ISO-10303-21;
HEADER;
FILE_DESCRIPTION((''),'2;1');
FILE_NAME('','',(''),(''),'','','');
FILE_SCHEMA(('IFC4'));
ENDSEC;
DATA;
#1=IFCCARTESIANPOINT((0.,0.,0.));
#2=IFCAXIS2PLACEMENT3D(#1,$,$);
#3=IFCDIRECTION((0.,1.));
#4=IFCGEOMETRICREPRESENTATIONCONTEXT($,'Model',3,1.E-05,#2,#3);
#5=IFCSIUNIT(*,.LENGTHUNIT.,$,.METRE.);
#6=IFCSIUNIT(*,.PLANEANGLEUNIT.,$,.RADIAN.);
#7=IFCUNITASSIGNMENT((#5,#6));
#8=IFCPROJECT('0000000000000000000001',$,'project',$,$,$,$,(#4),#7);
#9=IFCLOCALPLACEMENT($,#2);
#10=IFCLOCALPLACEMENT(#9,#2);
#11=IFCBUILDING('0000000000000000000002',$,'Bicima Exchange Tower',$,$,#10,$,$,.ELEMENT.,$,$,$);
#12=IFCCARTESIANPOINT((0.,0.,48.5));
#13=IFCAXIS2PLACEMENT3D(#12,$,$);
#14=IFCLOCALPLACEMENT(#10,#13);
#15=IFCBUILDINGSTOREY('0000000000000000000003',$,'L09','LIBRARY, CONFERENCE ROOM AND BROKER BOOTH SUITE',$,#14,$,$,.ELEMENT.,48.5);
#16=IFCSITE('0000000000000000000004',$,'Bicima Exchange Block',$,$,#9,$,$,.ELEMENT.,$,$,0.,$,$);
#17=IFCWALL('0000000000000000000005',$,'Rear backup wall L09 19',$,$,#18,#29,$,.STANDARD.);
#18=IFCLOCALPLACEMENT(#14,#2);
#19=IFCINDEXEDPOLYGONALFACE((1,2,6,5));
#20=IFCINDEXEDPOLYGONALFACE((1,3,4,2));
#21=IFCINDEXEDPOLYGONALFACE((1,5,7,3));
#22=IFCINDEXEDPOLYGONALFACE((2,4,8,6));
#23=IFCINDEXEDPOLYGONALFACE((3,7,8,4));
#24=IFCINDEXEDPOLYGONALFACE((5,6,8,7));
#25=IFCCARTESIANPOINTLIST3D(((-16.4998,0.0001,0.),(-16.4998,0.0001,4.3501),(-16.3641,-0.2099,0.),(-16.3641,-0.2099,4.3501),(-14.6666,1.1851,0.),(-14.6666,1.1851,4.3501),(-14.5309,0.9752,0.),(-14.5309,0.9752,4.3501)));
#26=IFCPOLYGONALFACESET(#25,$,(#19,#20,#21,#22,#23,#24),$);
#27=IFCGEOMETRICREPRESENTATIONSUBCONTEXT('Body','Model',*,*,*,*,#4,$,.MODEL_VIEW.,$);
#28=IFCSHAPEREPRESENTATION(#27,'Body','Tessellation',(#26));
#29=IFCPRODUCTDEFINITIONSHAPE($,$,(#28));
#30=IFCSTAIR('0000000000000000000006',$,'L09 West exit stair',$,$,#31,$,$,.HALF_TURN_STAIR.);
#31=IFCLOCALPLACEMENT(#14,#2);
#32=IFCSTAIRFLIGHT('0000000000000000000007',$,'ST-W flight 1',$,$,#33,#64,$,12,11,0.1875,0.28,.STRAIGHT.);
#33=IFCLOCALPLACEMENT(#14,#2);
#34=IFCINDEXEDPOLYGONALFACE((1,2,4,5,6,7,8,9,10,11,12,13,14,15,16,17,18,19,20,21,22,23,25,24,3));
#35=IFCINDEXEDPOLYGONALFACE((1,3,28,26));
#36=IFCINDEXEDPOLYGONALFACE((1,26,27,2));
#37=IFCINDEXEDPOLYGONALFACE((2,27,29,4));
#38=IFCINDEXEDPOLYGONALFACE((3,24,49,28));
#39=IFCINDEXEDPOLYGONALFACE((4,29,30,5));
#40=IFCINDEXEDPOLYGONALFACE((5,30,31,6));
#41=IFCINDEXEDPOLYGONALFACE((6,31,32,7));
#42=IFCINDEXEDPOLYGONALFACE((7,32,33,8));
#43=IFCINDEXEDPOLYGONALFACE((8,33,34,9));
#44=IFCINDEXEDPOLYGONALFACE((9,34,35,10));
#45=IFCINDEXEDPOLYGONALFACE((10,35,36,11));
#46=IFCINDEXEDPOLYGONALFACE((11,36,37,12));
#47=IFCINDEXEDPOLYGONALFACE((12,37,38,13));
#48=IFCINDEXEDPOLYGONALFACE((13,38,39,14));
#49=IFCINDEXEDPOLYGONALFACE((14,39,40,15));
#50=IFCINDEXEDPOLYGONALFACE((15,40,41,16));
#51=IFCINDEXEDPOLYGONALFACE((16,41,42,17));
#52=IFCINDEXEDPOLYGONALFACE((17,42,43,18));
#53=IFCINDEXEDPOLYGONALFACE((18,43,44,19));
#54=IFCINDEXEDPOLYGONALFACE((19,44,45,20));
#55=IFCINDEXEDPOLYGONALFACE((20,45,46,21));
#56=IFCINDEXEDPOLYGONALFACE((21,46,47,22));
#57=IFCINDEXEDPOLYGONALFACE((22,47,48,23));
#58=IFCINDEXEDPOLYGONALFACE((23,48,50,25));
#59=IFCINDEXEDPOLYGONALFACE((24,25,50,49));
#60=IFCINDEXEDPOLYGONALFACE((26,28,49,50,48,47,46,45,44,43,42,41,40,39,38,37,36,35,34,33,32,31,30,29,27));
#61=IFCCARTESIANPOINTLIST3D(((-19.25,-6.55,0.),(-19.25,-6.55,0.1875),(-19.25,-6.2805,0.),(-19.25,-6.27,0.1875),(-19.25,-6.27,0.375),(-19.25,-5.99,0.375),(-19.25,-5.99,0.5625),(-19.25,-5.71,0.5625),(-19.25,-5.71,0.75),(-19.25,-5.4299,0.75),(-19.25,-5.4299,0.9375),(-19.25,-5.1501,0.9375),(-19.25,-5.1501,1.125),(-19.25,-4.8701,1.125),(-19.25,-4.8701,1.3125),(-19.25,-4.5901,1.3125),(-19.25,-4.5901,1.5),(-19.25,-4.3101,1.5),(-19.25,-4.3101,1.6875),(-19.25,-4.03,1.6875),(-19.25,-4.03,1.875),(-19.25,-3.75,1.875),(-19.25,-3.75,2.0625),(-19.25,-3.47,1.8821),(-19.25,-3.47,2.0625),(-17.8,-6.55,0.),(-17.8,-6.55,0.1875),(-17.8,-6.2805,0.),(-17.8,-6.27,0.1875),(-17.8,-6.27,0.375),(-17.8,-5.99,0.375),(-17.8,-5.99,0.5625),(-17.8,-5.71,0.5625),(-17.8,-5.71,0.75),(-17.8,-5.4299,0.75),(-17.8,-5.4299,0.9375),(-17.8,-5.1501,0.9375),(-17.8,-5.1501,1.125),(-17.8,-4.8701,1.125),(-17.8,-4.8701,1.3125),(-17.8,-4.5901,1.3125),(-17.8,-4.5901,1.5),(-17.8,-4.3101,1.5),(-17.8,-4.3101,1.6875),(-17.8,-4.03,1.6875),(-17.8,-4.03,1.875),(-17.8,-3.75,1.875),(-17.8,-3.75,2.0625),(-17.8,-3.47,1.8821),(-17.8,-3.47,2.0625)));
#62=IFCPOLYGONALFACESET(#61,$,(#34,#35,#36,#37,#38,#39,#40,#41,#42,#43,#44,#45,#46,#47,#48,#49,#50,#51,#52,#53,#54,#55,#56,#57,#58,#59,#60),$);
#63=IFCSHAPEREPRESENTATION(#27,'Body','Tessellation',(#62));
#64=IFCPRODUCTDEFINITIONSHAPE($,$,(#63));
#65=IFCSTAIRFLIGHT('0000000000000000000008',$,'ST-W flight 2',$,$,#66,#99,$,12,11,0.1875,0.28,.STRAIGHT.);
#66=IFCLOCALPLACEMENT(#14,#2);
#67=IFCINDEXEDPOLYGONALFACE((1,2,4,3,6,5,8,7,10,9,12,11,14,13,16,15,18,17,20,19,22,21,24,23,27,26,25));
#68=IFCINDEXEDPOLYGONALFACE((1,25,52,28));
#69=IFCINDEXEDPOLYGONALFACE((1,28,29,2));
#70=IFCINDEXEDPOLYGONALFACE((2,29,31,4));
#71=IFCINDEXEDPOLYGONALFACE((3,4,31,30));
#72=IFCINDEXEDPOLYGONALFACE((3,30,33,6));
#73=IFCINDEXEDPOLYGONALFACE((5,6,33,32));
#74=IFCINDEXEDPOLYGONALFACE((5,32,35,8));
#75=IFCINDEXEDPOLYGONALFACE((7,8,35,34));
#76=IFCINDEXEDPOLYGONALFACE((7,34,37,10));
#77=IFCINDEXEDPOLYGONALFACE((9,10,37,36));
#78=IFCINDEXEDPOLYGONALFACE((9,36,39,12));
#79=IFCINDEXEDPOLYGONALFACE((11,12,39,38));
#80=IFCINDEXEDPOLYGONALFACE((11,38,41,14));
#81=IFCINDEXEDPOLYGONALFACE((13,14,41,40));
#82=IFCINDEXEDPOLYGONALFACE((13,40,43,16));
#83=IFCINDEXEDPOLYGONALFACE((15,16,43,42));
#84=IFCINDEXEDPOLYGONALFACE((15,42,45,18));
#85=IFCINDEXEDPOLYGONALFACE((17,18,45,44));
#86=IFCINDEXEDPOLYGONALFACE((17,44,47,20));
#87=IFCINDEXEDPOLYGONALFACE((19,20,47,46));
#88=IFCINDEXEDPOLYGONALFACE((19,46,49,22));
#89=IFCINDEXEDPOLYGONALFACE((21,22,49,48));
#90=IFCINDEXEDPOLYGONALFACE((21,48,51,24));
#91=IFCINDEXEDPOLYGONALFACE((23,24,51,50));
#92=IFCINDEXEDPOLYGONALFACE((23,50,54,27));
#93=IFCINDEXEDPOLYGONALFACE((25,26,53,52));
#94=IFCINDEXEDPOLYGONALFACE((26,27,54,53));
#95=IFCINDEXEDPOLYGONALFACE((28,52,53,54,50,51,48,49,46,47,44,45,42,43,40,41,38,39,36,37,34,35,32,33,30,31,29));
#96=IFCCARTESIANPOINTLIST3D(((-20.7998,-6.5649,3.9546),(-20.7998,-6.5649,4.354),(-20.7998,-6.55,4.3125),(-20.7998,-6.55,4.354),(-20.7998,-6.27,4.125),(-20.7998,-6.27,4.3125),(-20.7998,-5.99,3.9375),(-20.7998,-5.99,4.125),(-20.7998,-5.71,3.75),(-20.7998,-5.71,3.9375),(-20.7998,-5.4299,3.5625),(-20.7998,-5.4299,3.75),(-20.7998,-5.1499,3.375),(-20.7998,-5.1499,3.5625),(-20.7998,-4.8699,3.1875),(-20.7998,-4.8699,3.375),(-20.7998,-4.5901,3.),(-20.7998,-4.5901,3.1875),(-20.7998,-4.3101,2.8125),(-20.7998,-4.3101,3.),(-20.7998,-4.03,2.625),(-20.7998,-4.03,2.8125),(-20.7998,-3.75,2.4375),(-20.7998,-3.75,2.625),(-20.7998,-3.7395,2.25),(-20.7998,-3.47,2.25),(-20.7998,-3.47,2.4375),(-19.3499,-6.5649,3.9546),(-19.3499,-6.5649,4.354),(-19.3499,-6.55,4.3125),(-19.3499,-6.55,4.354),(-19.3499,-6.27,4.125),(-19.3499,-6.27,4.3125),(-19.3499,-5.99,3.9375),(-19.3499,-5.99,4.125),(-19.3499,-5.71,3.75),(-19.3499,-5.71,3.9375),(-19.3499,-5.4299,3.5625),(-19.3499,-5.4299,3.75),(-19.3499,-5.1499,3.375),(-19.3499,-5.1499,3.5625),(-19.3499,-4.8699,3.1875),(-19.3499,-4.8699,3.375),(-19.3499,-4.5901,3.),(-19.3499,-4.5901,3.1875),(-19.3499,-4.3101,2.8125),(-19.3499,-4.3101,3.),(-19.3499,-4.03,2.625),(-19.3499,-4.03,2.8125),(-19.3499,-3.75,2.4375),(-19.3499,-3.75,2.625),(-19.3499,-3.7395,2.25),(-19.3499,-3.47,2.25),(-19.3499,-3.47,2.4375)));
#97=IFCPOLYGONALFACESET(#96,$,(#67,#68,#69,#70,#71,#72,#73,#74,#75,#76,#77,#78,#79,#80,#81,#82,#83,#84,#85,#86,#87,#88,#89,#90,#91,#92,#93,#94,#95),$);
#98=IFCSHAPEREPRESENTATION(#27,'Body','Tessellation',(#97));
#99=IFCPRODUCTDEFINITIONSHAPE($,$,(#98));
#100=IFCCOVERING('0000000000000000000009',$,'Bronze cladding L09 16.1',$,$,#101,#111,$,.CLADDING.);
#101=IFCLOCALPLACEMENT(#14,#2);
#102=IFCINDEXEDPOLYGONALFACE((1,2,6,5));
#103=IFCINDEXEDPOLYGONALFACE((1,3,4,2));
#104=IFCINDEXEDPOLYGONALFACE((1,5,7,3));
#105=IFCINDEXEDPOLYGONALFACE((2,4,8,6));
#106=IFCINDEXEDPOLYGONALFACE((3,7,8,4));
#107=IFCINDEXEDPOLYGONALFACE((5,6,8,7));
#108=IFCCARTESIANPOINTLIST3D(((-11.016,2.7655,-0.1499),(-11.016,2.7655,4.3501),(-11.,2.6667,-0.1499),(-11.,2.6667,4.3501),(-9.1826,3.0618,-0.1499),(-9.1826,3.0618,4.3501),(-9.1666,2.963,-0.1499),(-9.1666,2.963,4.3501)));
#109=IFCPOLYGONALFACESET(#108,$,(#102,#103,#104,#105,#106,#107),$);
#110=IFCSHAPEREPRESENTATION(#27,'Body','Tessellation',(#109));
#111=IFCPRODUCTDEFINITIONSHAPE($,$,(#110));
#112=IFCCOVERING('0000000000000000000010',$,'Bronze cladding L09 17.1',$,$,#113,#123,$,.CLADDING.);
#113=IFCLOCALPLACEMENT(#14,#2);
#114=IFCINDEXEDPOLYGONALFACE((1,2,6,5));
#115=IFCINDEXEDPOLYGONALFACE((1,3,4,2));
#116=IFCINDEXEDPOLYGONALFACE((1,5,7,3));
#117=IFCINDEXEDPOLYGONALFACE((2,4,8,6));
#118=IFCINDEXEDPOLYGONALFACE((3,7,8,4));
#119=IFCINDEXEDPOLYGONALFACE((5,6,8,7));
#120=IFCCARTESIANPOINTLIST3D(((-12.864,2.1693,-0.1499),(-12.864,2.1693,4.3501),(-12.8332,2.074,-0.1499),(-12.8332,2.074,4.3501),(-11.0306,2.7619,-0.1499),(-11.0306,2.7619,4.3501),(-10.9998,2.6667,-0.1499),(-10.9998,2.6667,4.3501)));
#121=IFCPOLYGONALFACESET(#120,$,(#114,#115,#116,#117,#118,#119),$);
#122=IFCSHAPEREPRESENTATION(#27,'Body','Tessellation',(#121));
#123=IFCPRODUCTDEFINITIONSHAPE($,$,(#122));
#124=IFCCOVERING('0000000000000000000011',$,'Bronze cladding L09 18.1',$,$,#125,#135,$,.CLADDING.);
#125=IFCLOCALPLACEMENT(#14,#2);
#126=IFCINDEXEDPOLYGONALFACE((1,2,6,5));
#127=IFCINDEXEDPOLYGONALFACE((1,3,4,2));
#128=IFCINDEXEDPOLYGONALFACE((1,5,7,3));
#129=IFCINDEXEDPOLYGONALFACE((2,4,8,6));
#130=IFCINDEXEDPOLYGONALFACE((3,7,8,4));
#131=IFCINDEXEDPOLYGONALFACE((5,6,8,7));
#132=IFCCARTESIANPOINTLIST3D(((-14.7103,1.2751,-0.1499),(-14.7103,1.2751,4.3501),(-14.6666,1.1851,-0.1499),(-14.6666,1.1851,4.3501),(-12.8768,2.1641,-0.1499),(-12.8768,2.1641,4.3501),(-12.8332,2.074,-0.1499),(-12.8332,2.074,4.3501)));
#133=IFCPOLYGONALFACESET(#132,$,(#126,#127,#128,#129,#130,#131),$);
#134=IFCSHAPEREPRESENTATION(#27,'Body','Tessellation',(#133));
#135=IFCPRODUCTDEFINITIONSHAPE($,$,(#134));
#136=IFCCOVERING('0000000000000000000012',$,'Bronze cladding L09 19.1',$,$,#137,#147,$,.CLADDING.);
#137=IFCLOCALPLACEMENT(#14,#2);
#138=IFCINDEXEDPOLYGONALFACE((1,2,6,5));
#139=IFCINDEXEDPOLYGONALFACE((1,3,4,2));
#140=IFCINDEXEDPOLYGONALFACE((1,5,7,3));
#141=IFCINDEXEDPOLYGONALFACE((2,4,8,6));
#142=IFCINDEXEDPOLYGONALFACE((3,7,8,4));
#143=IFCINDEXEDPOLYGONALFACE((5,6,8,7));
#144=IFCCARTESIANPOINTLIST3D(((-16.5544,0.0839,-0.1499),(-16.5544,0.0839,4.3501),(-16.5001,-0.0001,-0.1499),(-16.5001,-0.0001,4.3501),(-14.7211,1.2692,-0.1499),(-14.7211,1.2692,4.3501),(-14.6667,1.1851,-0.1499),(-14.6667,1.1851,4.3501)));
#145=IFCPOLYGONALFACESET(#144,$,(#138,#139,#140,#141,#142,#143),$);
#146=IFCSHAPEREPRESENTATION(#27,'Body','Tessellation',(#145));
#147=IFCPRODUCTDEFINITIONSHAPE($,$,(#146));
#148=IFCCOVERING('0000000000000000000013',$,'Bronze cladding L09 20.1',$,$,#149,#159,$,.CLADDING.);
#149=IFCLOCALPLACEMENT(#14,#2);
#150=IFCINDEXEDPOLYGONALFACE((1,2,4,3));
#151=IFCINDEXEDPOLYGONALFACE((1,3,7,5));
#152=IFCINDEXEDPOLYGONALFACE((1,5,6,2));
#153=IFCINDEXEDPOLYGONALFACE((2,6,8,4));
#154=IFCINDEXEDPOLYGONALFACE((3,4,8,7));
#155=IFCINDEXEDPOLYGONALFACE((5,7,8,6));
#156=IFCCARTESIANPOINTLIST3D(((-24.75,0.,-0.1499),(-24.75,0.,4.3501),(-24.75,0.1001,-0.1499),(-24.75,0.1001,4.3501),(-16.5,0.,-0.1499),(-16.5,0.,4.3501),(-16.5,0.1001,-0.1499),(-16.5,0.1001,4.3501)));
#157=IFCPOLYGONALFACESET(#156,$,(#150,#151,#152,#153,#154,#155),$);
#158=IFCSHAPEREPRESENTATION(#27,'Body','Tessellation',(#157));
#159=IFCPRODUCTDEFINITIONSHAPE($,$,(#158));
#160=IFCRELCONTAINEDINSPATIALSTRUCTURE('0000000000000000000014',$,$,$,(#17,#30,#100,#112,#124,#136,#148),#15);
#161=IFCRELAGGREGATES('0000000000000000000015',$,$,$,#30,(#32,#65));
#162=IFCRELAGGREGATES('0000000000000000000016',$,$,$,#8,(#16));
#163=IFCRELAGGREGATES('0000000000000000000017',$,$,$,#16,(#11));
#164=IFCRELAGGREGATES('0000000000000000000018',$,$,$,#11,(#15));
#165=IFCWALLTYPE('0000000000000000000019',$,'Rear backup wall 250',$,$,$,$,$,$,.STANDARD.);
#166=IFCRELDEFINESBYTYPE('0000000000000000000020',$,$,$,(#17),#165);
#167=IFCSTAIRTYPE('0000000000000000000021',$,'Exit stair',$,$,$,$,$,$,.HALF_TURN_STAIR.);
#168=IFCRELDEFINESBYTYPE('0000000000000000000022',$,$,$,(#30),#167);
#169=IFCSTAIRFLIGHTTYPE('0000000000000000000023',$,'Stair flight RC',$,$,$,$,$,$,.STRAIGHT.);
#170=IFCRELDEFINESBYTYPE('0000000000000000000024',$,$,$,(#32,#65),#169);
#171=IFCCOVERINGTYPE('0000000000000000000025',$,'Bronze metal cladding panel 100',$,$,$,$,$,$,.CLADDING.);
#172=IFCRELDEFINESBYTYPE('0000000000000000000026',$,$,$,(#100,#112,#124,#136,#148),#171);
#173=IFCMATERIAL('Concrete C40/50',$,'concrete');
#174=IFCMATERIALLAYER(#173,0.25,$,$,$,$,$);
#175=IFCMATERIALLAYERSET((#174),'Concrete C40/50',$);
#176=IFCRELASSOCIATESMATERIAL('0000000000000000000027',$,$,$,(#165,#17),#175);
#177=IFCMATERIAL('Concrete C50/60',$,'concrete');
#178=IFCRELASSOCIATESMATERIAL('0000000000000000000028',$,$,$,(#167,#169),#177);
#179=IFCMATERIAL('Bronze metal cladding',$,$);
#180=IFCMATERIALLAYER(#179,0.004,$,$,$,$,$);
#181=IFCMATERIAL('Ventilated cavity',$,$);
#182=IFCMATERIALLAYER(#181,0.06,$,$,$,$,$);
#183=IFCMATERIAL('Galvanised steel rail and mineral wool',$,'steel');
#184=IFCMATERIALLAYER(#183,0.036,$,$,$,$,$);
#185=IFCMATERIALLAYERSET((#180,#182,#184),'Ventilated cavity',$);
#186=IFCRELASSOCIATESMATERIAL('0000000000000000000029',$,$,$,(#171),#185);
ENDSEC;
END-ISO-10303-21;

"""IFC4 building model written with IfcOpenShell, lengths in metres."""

from ifc_helpers import new_model, si_unit, direction, frame, frame_2d, origin, origin_2d, place, context, subcontext, project, spatial, polyline, rectangle, outline, extrude, material, layer, layer_set, layer_usage, type_object, element, aggregate, save


model = new_model("IFC4")

# Units and contexts
model_context = context("Model", 3, precision=1e-05, world=origin(), true_north=direction((0.0, 1.0)))
body_context = subcontext(model_context, "Body", "Model", "MODEL_VIEW")
ifc_project = project(units=[si_unit("LENGTHUNIT", "METRE"), si_unit("PLANEANGLEUNIT", "RADIAN")], contexts=[model_context])

# Site, building, storey
site_placement = place(None, origin())
site = spatial("IfcSite", under=ifc_project, at=site_placement, Name="Bicima Exchange Block", CompositionType="ELEMENT", RefElevation=0.0)
building_placement = place(site_placement, origin())
building = spatial("IfcBuilding", under=site, at=building_placement, Name="Bicima Exchange Tower", CompositionType="ELEMENT")
storey_placement = place(building_placement, frame((0.0, 0.0, 48.5)))
storey = spatial("IfcBuildingStorey", under=building, at=storey_placement, Name="L09", Description="LIBRARY, CONFERENCE ROOM AND BROKER BOOTH SUITE", CompositionType="ELEMENT", Elevation=48.5)

# Shared definitions
ifc_material_1 = material(Name="Concrete C50/60", Category="concrete")

# Wall
ifc_material_2 = material(Name="Concrete C40/50", Category="concrete")
ifc_layer_1 = layer(ifc_material_2, 0.25)
ifc_layer_set_1 = layer_set([ifc_layer_1], Name="Concrete C40/50")
ifc_layer_usage = layer_usage(ifc_layer_set_1, "AXIS2", "POSITIVE", -0.125)
wall_type_1 = type_object("IfcWallType", Name="Rear backup wall 250", PredefinedType="STANDARD", material=ifc_layer_set_1)
wall_1_placement = place(storey_placement, frame((-14.5989, 1.0801, 0.0), z_axis=(0.0, 0.0, 1.0), x_axis=(-0.839813, -0.542876, 0.0)))
element("IfcWall", 1, at=wall_1_placement, inside=storey, type_object=wall_type_1, material=ifc_layer_usage, Name="Rear backup wall L09 19", PredefinedType="STANDARD", context=body_context, shape_type="SweptSolid", body=[
    extrude(rectangle(XDim=2.1829, YDim=0.25, at=frame_2d((1.0913, 0.0))), origin(), (0.0, 0.0, 1.0), 4.3501),
])

# Stair, stair flights
stair_type = type_object("IfcStairType", Name="Exit stair", PredefinedType="HALF_TURN_STAIR", material=ifc_material_1)
stair_placement = place(storey_placement, origin())
stair = element("IfcStair", 2, at=stair_placement, inside=storey, type_object=stair_type, Name="L09 West exit stair", PredefinedType="HALF_TURN_STAIR")
stair_flight_type = type_object("IfcStairFlightType", Name="Stair flight RC", PredefinedType="STRAIGHT", material=ifc_material_1)
stair_flight_1_placement = place(storey_placement, frame((-18.5249, -6.55, 0.0), z_axis=(0.0, 0.0, 1.0), x_axis=(0.0, 1.0, 0.0)))
stair_flight_1 = element("IfcStairFlight", 3, at=stair_flight_1_placement, type_object=stair_flight_type, Name="ST-W flight 1", NumberOfRisers=12, NumberOfTreads=11, PredefinedType="STRAIGHT", RiserHeight=0.1875, TreadLength=0.28, context=body_context, shape_type="SweptSolid", body=[
    extrude(outline(polyline([(0.0, 0.0), (0.0, 0.1875), (0.28, 0.1875), (0.28, 0.375), (0.5601, 0.375), (0.5601, 0.5625), (0.8401, 0.5625), (0.8401, 0.75), (1.1201, 0.75), (1.1201, 0.9375), (1.3999, 0.9375), (1.3999, 1.125), (1.6799, 1.125), (1.6799, 1.3125), (1.96, 1.3125), (1.96, 1.5), (2.24, 1.5), (2.24, 1.6875), (2.52, 1.6875), (2.52, 1.875), (2.8, 1.875), (2.8, 2.0625), (3.0801, 2.0625), (3.0801, 2.25), (3.0801, 1.8821), (0.2695, 0.0), (0.0, 0.0)])), frame((0.0, 0.7251, 0.0), z_axis=(0.0, -1.0, 0.0), x_axis=(1.0, 0.0, 0.0)), (0.0, 0.0, 1.0), 1.45),
])
stair_flight_2_placement = place(storey_placement, frame((-20.075, -3.47, 2.25), z_axis=(0.0, 0.0, 1.0), x_axis=(0.0, -1.0, 0.0)))
stair_flight_2 = element("IfcStairFlight", 4, at=stair_flight_2_placement, type_object=stair_flight_type, Name="ST-W flight 2", NumberOfRisers=12, NumberOfTreads=11, PredefinedType="STRAIGHT", RiserHeight=0.1875, TreadLength=0.28, context=body_context, shape_type="SweptSolid", body=[
    extrude(outline(polyline([(0.0, 0.0), (0.0, 0.1875), (0.28, 0.1875), (0.28, 0.375), (0.5601, 0.375), (0.5601, 0.5625), (0.8401, 0.5625), (0.8401, 0.75), (1.1201, 0.75), (1.1201, 0.9375), (1.3999, 0.9375), (1.3999, 1.125), (1.6799, 1.125), (1.6799, 1.3125), (1.96, 1.3125), (1.96, 1.5), (2.24, 1.5), (2.24, 1.6875), (2.52, 1.6875), (2.52, 1.875), (2.8, 1.875), (2.8, 2.0625), (3.0801, 2.0625), (3.0801, 2.104), (3.095, 2.104), (3.095, 1.7046), (0.2695, 0.0), (0.0, 0.0)])), frame((0.0, 0.7251, 0.0), z_axis=(0.0, -1.0, 0.0), x_axis=(1.0, 0.0, 0.0)), (0.0, 0.0, 1.0), 1.45),
])
aggregate(stair, [stair_flight_1, stair_flight_2])

# Coverings
ifc_material_3 = material(Name="Bronze metal cladding")
ifc_layer_2 = layer(ifc_material_3, 0.004)
ifc_material_4 = material(Name="Ventilated cavity")
ifc_layer_3 = layer(ifc_material_4, 0.06)
ifc_material_5 = material(Name="Galvanised steel rail and mineral wool", Category="steel")
ifc_layer_4 = layer(ifc_material_5, 0.036)
ifc_layer_set_2 = layer_set([ifc_layer_2, ifc_layer_3, ifc_layer_4], Name="Ventilated cavity")
covering_type = type_object("IfcCoveringType", Name="Bronze metal cladding panel 100", PredefinedType="CLADDING", material=ifc_layer_set_2)
covering_1_placement = place(storey_placement, frame((-10.0913, 2.8643, -0.1499), z_axis=(0.0, 0.0, 1.0), x_axis=(-0.98719, -0.15955, 0.0)))
element("IfcCovering", 5, at=covering_1_placement, inside=storey, type_object=covering_type, Name="Bronze cladding L09 16.1", PredefinedType="CLADDING", context=body_context, shape_type="SweptSolid", body=[
    extrude(rectangle(XDim=1.8572, YDim=0.1001, at=origin_2d()), origin(), (0.0, 0.0, 1.0), 4.5),
])
covering_2_placement = place(storey_placement, frame((-11.9319, 2.418, -0.1499), z_axis=(0.0, 0.0, 1.0), x_axis=(-0.951525, -0.307573, 0.0)))
element("IfcCovering", 6, at=covering_2_placement, inside=storey, type_object=covering_type, Name="Bronze cladding L09 17.1", PredefinedType="CLADDING", context=body_context, shape_type="SweptSolid", body=[
    extrude(rectangle(XDim=1.9268, YDim=0.1001, at=origin_2d()), origin(), (0.0, 0.0, 1.0), 4.5),
])
covering_3_placement = place(storey_placement, frame((-13.7717, 1.6746, -0.1499), z_axis=(0.0, 0.0, 1.0), x_axis=(-0.899818, -0.436265, 0.0)))
element("IfcCovering", 7, at=covering_3_placement, inside=storey, type_object=covering_type, Name="Bronze cladding L09 18.1", PredefinedType="CLADDING", context=body_context, shape_type="SweptSolid", body=[
    extrude(rectangle(XDim=2.0376, YDim=0.1001, at=origin_2d()), origin(), (0.0, 0.0, 1.0), 4.5),
])
covering_4_placement = place(storey_placement, frame((-15.6106, 0.6345, -0.1499), z_axis=(0.0, 0.0, 1.0), x_axis=(-0.83979, -0.542911, 0.0)))
element("IfcCovering", 8, at=covering_4_placement, inside=storey, type_object=covering_type, Name="Bronze cladding L09 19.1", PredefinedType="CLADDING", context=body_context, shape_type="SweptSolid", body=[
    extrude(rectangle(XDim=2.1831, YDim=0.1001, at=origin_2d()), origin(), (0.0, 0.0, 1.0), 4.5),
])
covering_5_placement = place(storey_placement, frame((-20.625, 0.05, -0.1499), z_axis=(0.0, 0.0, 1.0), x_axis=(-1.0, 0.0, 0.0)))
element("IfcCovering", 9, at=covering_5_placement, inside=storey, type_object=covering_type, Name="Bronze cladding L09 20.1", PredefinedType="CLADDING", context=body_context, shape_type="SweptSolid", body=[
    extrude(rectangle(XDim=8.25, YDim=0.1001, at=origin_2d()), origin(), (0.0, 0.0, 1.0), 4.5),
])

save(model, "model.ifc")
